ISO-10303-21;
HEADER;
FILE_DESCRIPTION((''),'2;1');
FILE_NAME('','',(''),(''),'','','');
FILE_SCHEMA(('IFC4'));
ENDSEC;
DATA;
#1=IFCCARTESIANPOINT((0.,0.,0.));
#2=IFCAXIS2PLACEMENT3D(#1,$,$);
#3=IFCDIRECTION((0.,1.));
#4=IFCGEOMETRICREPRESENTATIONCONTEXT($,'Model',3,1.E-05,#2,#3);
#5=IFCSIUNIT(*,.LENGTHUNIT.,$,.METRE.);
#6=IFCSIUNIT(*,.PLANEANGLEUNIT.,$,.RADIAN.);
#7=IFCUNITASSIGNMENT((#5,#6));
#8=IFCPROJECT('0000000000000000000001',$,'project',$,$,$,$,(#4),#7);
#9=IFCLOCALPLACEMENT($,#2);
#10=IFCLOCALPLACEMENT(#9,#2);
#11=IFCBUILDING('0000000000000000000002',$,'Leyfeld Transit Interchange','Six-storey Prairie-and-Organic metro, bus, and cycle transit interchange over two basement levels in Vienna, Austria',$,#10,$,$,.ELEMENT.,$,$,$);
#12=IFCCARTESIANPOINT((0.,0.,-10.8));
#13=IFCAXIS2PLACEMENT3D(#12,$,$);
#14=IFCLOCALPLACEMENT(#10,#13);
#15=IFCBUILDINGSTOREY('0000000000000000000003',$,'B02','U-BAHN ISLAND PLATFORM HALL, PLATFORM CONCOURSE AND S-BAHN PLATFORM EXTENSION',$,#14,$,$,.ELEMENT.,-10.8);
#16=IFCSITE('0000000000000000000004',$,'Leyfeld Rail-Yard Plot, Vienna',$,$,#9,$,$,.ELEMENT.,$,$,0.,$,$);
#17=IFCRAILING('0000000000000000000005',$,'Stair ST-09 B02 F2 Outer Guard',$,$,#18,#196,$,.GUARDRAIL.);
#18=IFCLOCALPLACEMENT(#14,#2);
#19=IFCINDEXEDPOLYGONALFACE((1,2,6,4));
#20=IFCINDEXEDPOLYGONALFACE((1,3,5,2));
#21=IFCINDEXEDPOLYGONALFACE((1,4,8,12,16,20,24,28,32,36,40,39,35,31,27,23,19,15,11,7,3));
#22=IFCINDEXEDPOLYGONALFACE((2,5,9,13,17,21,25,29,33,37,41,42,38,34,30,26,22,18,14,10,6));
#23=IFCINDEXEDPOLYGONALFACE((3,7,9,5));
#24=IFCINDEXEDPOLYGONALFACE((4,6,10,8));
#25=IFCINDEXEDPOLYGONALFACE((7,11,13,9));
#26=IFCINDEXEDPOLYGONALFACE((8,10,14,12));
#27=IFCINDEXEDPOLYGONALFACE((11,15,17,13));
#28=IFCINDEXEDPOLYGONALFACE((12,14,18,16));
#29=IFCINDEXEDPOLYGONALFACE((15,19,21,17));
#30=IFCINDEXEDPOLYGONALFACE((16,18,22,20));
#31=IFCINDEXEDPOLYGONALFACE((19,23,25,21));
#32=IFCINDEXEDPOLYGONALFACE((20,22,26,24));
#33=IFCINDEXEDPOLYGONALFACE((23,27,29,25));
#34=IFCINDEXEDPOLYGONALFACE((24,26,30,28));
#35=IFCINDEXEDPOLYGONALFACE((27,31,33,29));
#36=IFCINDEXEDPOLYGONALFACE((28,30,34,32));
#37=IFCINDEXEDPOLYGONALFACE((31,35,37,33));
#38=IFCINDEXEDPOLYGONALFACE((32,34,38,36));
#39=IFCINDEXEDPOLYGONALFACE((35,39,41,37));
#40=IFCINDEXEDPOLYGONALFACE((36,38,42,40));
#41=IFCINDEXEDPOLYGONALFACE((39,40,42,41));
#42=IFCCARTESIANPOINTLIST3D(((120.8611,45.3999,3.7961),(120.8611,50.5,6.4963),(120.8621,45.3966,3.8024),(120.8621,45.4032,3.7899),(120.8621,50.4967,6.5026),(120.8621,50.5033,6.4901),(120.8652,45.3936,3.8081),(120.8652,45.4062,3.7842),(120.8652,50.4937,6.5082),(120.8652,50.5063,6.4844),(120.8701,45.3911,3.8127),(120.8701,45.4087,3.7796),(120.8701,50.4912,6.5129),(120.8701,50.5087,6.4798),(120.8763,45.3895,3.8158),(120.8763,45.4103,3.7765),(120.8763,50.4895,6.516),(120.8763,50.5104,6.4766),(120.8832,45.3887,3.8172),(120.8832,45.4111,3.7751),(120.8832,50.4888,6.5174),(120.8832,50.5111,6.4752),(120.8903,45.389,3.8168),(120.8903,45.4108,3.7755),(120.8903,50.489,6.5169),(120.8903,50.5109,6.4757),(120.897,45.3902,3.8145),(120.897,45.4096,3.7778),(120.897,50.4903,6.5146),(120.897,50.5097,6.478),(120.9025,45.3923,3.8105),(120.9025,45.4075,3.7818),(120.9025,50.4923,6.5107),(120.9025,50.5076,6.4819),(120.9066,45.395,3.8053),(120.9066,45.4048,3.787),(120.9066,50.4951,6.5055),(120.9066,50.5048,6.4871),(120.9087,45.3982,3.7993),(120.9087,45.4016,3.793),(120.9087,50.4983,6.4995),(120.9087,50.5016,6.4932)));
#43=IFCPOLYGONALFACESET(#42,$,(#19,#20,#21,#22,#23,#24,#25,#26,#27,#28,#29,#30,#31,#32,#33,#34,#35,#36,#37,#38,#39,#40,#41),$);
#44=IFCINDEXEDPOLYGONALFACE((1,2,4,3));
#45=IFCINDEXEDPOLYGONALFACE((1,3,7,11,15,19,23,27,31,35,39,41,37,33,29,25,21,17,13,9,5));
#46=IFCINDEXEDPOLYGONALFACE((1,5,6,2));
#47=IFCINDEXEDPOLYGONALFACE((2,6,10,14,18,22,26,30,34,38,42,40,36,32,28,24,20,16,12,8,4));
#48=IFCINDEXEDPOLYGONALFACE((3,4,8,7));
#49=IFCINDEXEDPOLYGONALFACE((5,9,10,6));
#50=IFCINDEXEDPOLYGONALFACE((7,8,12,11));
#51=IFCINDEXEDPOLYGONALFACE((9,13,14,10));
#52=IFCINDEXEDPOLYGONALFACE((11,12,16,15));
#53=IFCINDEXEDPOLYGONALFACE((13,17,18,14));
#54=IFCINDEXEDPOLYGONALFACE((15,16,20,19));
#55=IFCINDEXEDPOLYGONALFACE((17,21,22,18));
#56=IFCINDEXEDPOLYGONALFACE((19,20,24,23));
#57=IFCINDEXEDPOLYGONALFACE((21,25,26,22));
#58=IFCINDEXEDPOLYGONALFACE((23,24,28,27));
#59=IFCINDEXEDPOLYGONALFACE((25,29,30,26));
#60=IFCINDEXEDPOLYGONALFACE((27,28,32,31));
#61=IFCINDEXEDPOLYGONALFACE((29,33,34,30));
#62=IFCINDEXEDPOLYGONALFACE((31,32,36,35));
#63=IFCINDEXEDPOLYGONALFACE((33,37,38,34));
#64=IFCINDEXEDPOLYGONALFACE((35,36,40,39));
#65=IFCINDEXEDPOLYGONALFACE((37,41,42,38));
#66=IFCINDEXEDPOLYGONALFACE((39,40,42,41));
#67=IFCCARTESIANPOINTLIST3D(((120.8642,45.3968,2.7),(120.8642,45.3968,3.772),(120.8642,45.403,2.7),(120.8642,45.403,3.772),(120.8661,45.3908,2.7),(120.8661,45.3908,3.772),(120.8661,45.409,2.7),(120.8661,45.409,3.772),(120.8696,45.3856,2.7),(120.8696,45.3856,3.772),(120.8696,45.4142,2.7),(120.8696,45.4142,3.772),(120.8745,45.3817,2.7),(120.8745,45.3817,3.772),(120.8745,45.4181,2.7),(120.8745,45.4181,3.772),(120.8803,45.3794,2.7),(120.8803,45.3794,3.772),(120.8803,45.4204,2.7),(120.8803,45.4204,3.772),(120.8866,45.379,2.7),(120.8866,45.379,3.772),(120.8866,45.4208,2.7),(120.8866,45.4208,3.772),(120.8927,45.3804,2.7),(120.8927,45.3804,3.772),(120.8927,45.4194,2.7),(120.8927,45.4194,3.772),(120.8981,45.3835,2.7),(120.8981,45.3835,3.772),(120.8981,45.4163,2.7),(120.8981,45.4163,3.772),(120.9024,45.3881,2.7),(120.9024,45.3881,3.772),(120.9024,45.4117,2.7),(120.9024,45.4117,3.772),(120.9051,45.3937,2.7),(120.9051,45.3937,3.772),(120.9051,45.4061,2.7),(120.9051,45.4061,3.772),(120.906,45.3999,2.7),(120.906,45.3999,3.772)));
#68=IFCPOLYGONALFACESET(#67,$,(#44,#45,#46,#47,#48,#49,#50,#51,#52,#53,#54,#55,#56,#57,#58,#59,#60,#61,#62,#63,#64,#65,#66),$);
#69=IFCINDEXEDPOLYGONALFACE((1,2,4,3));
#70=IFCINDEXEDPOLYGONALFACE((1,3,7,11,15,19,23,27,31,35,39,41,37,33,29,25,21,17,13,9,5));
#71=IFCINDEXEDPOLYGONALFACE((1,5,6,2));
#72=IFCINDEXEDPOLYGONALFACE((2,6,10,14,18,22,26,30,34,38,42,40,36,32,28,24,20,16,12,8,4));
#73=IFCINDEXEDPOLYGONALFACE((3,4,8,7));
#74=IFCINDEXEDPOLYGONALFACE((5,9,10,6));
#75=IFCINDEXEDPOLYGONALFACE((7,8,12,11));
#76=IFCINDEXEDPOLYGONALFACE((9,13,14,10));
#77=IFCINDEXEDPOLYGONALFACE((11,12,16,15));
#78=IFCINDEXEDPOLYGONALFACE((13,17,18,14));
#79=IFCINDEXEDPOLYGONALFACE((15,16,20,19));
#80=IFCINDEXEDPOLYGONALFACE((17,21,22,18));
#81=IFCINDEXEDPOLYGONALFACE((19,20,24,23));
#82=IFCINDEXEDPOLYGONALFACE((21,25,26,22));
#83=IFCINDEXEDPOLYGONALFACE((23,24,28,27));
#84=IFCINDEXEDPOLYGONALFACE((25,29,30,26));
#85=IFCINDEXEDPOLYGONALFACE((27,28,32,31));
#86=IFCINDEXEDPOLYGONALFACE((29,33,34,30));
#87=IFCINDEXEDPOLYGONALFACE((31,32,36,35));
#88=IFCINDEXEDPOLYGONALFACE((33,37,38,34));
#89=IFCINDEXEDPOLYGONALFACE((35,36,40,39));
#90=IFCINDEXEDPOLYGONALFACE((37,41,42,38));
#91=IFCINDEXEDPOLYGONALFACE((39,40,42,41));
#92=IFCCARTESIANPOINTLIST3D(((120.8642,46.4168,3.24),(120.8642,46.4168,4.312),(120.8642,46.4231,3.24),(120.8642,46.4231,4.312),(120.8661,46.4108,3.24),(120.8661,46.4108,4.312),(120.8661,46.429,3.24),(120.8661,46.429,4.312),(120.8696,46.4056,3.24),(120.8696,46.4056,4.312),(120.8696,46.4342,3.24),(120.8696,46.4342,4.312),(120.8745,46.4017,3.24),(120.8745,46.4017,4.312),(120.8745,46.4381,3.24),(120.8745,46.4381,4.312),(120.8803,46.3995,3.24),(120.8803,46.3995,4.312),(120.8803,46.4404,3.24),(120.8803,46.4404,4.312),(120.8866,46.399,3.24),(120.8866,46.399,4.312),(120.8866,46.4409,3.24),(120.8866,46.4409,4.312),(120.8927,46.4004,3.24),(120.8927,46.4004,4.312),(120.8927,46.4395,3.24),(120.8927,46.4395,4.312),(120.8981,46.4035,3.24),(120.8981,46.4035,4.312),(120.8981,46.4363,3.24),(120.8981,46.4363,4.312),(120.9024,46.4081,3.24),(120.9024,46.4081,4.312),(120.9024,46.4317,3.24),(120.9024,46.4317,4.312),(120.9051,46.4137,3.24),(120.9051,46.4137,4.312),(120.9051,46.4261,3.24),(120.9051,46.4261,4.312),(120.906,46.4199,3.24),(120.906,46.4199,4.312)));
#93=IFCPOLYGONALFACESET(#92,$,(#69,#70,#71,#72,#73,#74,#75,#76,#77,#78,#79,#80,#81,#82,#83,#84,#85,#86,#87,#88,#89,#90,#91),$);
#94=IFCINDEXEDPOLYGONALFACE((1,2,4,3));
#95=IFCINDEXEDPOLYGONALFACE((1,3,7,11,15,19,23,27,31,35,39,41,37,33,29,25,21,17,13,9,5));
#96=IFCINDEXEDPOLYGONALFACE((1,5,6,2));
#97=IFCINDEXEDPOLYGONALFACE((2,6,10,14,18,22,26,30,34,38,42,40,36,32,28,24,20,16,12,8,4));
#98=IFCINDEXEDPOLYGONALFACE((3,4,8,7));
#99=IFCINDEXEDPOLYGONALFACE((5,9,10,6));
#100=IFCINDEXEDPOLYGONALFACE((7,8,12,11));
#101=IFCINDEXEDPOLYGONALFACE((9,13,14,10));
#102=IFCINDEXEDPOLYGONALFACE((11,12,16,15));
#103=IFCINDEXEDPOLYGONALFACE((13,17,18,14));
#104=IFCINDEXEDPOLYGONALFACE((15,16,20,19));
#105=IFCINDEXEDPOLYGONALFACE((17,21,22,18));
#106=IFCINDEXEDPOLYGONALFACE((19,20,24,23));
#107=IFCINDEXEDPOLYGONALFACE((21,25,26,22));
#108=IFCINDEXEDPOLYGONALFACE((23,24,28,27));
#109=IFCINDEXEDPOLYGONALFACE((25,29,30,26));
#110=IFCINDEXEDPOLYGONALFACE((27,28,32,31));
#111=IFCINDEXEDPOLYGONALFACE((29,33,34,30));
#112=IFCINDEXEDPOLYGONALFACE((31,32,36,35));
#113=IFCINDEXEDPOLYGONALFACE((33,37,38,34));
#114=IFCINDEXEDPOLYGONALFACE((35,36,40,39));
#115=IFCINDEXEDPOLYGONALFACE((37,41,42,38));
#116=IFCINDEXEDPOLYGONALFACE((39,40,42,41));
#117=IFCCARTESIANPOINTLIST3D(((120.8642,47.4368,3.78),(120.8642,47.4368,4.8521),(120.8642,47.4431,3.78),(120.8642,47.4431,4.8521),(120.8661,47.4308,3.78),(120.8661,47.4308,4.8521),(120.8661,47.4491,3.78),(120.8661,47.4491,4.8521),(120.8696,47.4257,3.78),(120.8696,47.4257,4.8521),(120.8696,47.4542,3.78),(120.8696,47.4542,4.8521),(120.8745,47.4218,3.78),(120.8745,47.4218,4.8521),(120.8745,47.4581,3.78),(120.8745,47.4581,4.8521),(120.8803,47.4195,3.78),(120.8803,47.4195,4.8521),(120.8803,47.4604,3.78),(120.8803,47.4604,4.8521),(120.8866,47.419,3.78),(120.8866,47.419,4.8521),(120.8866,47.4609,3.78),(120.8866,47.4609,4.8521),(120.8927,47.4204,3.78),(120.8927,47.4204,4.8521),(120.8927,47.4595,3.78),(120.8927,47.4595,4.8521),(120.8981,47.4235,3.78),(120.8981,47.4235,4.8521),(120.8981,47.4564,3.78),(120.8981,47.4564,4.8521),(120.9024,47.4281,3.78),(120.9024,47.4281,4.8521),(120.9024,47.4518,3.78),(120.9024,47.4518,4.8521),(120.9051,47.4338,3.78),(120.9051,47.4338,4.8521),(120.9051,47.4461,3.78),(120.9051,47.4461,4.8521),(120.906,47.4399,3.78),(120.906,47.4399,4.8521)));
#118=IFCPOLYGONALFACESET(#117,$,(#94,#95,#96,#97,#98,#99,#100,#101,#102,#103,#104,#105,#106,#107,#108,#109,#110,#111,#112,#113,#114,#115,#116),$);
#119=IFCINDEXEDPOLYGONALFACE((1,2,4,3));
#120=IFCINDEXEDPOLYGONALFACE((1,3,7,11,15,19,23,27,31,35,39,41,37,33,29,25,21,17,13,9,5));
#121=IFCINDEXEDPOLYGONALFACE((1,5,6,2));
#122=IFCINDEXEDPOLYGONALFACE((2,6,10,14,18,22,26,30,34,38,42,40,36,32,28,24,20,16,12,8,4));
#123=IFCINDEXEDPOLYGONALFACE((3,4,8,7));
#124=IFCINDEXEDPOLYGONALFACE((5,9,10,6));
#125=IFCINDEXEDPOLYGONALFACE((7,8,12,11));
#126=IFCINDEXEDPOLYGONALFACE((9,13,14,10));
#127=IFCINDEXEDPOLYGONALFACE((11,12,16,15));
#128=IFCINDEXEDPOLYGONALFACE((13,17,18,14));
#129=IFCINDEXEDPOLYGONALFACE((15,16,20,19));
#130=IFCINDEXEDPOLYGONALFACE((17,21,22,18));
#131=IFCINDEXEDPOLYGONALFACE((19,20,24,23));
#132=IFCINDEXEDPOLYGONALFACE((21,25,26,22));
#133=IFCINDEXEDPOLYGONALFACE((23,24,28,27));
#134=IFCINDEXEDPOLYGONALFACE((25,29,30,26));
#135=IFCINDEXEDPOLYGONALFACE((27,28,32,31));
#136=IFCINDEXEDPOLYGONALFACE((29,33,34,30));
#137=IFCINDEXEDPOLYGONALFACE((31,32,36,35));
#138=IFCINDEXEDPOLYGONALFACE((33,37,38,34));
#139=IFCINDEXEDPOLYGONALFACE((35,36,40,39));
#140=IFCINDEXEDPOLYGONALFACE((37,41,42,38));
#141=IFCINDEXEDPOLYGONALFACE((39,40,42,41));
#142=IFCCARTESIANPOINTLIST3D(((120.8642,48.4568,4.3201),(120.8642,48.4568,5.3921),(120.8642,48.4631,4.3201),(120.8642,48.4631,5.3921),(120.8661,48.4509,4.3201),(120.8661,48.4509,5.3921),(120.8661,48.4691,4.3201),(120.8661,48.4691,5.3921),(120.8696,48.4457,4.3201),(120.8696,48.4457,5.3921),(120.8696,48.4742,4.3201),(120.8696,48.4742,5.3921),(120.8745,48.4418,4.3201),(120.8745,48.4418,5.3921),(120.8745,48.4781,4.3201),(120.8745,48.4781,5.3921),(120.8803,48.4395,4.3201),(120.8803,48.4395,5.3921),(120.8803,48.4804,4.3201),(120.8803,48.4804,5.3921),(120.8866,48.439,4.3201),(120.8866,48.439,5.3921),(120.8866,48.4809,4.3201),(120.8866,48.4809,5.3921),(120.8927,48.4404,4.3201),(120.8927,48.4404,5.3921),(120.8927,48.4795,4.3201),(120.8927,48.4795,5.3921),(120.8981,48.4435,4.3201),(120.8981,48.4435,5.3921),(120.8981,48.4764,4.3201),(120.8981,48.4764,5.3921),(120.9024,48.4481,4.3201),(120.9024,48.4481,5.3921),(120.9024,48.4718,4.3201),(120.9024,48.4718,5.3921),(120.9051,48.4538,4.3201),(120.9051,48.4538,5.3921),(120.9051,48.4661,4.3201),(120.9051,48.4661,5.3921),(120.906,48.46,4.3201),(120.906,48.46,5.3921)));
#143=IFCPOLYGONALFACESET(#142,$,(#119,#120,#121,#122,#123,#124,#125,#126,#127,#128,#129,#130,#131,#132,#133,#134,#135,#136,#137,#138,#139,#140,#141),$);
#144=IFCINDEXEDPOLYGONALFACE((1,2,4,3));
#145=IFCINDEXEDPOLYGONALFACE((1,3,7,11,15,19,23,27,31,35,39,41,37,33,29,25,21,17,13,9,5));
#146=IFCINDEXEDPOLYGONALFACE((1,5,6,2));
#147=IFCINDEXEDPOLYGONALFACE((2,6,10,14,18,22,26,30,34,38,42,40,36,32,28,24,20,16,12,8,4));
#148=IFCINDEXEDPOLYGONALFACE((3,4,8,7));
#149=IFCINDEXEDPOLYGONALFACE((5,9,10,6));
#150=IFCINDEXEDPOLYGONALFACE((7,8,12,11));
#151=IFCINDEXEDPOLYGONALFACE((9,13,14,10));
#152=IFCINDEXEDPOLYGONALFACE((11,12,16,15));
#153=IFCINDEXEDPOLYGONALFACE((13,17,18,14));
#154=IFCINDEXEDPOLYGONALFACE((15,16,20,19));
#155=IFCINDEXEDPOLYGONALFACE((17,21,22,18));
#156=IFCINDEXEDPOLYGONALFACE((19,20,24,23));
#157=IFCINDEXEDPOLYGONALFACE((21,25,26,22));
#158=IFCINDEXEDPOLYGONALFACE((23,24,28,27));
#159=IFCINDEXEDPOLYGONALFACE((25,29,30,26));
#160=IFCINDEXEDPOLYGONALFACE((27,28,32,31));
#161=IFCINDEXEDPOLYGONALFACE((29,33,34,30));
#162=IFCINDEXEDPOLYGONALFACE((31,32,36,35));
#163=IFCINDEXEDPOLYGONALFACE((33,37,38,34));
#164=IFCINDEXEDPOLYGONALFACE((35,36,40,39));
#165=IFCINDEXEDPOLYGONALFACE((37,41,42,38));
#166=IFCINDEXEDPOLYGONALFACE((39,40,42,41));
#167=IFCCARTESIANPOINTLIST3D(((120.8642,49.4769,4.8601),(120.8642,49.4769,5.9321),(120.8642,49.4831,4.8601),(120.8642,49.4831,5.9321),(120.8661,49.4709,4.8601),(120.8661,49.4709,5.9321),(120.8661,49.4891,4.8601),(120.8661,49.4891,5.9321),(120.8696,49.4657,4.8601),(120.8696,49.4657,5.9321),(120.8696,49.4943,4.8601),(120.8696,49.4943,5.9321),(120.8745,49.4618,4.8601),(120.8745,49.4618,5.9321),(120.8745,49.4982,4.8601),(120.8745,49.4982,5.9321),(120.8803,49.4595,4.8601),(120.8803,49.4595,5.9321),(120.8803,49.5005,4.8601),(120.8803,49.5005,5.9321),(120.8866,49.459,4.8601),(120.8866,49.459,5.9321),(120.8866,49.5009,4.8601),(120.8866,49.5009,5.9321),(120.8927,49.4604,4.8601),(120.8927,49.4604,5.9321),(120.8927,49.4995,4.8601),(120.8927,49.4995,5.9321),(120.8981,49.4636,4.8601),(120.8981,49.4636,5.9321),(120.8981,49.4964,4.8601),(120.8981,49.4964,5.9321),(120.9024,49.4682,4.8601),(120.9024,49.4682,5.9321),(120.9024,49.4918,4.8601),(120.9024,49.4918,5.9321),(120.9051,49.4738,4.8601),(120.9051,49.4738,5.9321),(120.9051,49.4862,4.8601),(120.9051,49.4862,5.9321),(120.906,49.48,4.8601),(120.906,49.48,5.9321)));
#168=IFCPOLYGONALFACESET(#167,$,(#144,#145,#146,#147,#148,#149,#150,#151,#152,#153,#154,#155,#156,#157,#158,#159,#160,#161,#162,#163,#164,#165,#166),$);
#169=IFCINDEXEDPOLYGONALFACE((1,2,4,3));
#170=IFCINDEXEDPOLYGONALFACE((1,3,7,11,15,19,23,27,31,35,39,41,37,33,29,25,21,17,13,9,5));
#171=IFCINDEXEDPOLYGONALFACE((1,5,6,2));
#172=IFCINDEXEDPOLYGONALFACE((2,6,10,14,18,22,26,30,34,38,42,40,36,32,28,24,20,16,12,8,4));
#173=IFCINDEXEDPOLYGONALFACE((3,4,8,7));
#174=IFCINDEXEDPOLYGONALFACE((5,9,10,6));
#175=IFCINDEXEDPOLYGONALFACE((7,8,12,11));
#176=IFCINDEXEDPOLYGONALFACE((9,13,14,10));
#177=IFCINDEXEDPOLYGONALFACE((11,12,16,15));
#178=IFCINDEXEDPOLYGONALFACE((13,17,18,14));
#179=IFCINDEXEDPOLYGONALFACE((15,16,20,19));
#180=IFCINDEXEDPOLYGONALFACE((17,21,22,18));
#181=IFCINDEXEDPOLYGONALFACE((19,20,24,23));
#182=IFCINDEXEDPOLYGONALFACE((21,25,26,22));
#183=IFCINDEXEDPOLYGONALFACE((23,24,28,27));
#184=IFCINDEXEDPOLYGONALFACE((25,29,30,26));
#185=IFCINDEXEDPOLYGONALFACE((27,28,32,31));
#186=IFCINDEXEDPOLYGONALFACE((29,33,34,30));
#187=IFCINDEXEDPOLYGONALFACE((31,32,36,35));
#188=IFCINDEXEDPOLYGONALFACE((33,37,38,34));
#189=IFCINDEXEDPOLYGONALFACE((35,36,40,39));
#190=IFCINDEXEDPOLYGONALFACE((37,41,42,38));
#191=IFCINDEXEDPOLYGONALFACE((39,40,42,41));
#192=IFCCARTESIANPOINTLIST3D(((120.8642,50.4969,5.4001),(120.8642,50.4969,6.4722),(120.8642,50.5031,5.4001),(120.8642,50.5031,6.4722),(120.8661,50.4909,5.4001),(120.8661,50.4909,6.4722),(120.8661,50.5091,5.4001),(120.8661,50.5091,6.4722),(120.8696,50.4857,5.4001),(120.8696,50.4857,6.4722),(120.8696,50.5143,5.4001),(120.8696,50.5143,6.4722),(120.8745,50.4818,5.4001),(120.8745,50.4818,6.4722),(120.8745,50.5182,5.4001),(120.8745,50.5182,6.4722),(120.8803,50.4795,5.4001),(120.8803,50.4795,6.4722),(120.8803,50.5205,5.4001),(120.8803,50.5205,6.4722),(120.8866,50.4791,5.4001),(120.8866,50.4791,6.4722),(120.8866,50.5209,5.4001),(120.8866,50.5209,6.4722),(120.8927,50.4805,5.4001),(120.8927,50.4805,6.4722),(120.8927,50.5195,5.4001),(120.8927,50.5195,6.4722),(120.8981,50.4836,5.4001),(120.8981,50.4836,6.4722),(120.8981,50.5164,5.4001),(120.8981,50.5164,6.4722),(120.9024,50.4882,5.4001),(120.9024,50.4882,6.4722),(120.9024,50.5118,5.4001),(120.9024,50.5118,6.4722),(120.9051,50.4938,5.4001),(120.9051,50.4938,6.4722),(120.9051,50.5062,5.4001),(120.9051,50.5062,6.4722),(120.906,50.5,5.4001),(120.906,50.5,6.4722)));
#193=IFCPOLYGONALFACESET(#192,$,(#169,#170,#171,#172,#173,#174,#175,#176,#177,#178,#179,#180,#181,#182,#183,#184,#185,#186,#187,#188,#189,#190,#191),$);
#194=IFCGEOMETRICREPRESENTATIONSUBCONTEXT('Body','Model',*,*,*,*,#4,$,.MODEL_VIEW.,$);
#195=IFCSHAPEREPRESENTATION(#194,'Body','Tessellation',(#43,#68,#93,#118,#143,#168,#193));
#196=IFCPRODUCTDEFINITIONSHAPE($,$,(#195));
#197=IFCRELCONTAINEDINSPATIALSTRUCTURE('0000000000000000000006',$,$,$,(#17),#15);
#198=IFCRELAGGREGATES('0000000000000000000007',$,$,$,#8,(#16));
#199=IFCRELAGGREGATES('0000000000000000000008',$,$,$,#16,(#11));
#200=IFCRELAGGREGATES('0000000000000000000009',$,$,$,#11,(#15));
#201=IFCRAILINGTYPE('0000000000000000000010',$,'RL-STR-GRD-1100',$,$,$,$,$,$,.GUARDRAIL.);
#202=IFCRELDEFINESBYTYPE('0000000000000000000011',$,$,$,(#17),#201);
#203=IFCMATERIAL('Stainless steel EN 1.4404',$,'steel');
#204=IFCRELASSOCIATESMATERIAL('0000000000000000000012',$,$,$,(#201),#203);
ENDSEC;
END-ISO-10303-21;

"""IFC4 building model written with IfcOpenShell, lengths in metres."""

from ifc_helpers import new_model, si_unit, direction, frame, origin, origin_2d, place, context, subcontext, project, spatial, circle, extrude, material, type_object, element, save


model = new_model("IFC4")

# Units and contexts
model_context = context("Model", 3, precision=1e-05, world=origin(), true_north=direction((0.0, 1.0)))
body_context = subcontext(model_context, "Body", "Model", "MODEL_VIEW")
ifc_project = project(units=[si_unit("LENGTHUNIT", "METRE"), si_unit("PLANEANGLEUNIT", "RADIAN")], contexts=[model_context])

# Site, building, storey
site_placement = place(None, origin())
site = spatial("IfcSite", under=ifc_project, at=site_placement, Name="Leyfeld Rail-Yard Plot, Vienna", CompositionType="ELEMENT", RefElevation=0.0)
building_placement = place(site_placement, origin())
building = spatial("IfcBuilding", under=site, at=building_placement, Name="Leyfeld Transit Interchange", Description="Six-storey Prairie-and-Organic metro, bus, and cycle transit interchange over two basement levels in Vienna, Austria", CompositionType="ELEMENT")
storey_placement = place(building_placement, frame((0.0, 0.0, -10.8)))
storey = spatial("IfcBuildingStorey", under=building, at=storey_placement, Name="B02", Description="U-BAHN ISLAND PLATFORM HALL, PLATFORM CONCOURSE AND S-BAHN PLATFORM EXTENSION", CompositionType="ELEMENT", Elevation=-10.8)

# Railing
ifc_material_1 = material(Name="Stainless steel EN 1.4404", Category="steel")
railing_type_1 = type_object("IfcRailingType", Name="RL-STR-GRD-1100", PredefinedType="GUARDRAIL", material=ifc_material_1)
for number, where, name in (
    (1, (120.885, 45.3999, 2.7), "Stair ST-09 B02 F2 Outer Guard"),
):
    element("IfcRailing", number, at=place(storey_placement, frame(where)), inside=storey, type_object=railing_type_1, Name=name, PredefinedType="GUARDRAIL", context=body_context, shape_type="SweptSolid", body=[
        extrude(circle(Radius=0.0239, at=origin_2d()), frame((0.0, 0.0, 1.0962), z_axis=(0.0, 0.883778, 0.467907), x_axis=(-1.0, 0.0, 0.0)), (0.0, 0.0, 1.0), 5.7708),
        extrude(circle(Radius=0.021, at=origin_2d()), origin(), (0.0, 0.0, 1.0), 1.072),
        extrude(circle(Radius=0.021, at=origin_2d()), frame((0.0, 1.02, 0.54)), (0.0, 0.0, 1.0), 1.072),
        extrude(circle(Radius=0.021, at=origin_2d()), frame((0.0, 2.04, 1.0801)), (0.0, 0.0, 1.0), 1.072),
        extrude(circle(Radius=0.021, at=origin_2d()), frame((0.0, 3.0601, 1.6201)), (0.0, 0.0, 1.0), 1.072),
        extrude(circle(Radius=0.021, at=origin_2d()), frame((0.0, 4.0801, 2.1602)), (0.0, 0.0, 1.0), 1.072),
        extrude(circle(Radius=0.021, at=origin_2d()), frame((0.0, 5.1001, 2.7002)), (0.0, 0.0, 1.0), 1.072),
    ])

save(model, "model.ifc")
